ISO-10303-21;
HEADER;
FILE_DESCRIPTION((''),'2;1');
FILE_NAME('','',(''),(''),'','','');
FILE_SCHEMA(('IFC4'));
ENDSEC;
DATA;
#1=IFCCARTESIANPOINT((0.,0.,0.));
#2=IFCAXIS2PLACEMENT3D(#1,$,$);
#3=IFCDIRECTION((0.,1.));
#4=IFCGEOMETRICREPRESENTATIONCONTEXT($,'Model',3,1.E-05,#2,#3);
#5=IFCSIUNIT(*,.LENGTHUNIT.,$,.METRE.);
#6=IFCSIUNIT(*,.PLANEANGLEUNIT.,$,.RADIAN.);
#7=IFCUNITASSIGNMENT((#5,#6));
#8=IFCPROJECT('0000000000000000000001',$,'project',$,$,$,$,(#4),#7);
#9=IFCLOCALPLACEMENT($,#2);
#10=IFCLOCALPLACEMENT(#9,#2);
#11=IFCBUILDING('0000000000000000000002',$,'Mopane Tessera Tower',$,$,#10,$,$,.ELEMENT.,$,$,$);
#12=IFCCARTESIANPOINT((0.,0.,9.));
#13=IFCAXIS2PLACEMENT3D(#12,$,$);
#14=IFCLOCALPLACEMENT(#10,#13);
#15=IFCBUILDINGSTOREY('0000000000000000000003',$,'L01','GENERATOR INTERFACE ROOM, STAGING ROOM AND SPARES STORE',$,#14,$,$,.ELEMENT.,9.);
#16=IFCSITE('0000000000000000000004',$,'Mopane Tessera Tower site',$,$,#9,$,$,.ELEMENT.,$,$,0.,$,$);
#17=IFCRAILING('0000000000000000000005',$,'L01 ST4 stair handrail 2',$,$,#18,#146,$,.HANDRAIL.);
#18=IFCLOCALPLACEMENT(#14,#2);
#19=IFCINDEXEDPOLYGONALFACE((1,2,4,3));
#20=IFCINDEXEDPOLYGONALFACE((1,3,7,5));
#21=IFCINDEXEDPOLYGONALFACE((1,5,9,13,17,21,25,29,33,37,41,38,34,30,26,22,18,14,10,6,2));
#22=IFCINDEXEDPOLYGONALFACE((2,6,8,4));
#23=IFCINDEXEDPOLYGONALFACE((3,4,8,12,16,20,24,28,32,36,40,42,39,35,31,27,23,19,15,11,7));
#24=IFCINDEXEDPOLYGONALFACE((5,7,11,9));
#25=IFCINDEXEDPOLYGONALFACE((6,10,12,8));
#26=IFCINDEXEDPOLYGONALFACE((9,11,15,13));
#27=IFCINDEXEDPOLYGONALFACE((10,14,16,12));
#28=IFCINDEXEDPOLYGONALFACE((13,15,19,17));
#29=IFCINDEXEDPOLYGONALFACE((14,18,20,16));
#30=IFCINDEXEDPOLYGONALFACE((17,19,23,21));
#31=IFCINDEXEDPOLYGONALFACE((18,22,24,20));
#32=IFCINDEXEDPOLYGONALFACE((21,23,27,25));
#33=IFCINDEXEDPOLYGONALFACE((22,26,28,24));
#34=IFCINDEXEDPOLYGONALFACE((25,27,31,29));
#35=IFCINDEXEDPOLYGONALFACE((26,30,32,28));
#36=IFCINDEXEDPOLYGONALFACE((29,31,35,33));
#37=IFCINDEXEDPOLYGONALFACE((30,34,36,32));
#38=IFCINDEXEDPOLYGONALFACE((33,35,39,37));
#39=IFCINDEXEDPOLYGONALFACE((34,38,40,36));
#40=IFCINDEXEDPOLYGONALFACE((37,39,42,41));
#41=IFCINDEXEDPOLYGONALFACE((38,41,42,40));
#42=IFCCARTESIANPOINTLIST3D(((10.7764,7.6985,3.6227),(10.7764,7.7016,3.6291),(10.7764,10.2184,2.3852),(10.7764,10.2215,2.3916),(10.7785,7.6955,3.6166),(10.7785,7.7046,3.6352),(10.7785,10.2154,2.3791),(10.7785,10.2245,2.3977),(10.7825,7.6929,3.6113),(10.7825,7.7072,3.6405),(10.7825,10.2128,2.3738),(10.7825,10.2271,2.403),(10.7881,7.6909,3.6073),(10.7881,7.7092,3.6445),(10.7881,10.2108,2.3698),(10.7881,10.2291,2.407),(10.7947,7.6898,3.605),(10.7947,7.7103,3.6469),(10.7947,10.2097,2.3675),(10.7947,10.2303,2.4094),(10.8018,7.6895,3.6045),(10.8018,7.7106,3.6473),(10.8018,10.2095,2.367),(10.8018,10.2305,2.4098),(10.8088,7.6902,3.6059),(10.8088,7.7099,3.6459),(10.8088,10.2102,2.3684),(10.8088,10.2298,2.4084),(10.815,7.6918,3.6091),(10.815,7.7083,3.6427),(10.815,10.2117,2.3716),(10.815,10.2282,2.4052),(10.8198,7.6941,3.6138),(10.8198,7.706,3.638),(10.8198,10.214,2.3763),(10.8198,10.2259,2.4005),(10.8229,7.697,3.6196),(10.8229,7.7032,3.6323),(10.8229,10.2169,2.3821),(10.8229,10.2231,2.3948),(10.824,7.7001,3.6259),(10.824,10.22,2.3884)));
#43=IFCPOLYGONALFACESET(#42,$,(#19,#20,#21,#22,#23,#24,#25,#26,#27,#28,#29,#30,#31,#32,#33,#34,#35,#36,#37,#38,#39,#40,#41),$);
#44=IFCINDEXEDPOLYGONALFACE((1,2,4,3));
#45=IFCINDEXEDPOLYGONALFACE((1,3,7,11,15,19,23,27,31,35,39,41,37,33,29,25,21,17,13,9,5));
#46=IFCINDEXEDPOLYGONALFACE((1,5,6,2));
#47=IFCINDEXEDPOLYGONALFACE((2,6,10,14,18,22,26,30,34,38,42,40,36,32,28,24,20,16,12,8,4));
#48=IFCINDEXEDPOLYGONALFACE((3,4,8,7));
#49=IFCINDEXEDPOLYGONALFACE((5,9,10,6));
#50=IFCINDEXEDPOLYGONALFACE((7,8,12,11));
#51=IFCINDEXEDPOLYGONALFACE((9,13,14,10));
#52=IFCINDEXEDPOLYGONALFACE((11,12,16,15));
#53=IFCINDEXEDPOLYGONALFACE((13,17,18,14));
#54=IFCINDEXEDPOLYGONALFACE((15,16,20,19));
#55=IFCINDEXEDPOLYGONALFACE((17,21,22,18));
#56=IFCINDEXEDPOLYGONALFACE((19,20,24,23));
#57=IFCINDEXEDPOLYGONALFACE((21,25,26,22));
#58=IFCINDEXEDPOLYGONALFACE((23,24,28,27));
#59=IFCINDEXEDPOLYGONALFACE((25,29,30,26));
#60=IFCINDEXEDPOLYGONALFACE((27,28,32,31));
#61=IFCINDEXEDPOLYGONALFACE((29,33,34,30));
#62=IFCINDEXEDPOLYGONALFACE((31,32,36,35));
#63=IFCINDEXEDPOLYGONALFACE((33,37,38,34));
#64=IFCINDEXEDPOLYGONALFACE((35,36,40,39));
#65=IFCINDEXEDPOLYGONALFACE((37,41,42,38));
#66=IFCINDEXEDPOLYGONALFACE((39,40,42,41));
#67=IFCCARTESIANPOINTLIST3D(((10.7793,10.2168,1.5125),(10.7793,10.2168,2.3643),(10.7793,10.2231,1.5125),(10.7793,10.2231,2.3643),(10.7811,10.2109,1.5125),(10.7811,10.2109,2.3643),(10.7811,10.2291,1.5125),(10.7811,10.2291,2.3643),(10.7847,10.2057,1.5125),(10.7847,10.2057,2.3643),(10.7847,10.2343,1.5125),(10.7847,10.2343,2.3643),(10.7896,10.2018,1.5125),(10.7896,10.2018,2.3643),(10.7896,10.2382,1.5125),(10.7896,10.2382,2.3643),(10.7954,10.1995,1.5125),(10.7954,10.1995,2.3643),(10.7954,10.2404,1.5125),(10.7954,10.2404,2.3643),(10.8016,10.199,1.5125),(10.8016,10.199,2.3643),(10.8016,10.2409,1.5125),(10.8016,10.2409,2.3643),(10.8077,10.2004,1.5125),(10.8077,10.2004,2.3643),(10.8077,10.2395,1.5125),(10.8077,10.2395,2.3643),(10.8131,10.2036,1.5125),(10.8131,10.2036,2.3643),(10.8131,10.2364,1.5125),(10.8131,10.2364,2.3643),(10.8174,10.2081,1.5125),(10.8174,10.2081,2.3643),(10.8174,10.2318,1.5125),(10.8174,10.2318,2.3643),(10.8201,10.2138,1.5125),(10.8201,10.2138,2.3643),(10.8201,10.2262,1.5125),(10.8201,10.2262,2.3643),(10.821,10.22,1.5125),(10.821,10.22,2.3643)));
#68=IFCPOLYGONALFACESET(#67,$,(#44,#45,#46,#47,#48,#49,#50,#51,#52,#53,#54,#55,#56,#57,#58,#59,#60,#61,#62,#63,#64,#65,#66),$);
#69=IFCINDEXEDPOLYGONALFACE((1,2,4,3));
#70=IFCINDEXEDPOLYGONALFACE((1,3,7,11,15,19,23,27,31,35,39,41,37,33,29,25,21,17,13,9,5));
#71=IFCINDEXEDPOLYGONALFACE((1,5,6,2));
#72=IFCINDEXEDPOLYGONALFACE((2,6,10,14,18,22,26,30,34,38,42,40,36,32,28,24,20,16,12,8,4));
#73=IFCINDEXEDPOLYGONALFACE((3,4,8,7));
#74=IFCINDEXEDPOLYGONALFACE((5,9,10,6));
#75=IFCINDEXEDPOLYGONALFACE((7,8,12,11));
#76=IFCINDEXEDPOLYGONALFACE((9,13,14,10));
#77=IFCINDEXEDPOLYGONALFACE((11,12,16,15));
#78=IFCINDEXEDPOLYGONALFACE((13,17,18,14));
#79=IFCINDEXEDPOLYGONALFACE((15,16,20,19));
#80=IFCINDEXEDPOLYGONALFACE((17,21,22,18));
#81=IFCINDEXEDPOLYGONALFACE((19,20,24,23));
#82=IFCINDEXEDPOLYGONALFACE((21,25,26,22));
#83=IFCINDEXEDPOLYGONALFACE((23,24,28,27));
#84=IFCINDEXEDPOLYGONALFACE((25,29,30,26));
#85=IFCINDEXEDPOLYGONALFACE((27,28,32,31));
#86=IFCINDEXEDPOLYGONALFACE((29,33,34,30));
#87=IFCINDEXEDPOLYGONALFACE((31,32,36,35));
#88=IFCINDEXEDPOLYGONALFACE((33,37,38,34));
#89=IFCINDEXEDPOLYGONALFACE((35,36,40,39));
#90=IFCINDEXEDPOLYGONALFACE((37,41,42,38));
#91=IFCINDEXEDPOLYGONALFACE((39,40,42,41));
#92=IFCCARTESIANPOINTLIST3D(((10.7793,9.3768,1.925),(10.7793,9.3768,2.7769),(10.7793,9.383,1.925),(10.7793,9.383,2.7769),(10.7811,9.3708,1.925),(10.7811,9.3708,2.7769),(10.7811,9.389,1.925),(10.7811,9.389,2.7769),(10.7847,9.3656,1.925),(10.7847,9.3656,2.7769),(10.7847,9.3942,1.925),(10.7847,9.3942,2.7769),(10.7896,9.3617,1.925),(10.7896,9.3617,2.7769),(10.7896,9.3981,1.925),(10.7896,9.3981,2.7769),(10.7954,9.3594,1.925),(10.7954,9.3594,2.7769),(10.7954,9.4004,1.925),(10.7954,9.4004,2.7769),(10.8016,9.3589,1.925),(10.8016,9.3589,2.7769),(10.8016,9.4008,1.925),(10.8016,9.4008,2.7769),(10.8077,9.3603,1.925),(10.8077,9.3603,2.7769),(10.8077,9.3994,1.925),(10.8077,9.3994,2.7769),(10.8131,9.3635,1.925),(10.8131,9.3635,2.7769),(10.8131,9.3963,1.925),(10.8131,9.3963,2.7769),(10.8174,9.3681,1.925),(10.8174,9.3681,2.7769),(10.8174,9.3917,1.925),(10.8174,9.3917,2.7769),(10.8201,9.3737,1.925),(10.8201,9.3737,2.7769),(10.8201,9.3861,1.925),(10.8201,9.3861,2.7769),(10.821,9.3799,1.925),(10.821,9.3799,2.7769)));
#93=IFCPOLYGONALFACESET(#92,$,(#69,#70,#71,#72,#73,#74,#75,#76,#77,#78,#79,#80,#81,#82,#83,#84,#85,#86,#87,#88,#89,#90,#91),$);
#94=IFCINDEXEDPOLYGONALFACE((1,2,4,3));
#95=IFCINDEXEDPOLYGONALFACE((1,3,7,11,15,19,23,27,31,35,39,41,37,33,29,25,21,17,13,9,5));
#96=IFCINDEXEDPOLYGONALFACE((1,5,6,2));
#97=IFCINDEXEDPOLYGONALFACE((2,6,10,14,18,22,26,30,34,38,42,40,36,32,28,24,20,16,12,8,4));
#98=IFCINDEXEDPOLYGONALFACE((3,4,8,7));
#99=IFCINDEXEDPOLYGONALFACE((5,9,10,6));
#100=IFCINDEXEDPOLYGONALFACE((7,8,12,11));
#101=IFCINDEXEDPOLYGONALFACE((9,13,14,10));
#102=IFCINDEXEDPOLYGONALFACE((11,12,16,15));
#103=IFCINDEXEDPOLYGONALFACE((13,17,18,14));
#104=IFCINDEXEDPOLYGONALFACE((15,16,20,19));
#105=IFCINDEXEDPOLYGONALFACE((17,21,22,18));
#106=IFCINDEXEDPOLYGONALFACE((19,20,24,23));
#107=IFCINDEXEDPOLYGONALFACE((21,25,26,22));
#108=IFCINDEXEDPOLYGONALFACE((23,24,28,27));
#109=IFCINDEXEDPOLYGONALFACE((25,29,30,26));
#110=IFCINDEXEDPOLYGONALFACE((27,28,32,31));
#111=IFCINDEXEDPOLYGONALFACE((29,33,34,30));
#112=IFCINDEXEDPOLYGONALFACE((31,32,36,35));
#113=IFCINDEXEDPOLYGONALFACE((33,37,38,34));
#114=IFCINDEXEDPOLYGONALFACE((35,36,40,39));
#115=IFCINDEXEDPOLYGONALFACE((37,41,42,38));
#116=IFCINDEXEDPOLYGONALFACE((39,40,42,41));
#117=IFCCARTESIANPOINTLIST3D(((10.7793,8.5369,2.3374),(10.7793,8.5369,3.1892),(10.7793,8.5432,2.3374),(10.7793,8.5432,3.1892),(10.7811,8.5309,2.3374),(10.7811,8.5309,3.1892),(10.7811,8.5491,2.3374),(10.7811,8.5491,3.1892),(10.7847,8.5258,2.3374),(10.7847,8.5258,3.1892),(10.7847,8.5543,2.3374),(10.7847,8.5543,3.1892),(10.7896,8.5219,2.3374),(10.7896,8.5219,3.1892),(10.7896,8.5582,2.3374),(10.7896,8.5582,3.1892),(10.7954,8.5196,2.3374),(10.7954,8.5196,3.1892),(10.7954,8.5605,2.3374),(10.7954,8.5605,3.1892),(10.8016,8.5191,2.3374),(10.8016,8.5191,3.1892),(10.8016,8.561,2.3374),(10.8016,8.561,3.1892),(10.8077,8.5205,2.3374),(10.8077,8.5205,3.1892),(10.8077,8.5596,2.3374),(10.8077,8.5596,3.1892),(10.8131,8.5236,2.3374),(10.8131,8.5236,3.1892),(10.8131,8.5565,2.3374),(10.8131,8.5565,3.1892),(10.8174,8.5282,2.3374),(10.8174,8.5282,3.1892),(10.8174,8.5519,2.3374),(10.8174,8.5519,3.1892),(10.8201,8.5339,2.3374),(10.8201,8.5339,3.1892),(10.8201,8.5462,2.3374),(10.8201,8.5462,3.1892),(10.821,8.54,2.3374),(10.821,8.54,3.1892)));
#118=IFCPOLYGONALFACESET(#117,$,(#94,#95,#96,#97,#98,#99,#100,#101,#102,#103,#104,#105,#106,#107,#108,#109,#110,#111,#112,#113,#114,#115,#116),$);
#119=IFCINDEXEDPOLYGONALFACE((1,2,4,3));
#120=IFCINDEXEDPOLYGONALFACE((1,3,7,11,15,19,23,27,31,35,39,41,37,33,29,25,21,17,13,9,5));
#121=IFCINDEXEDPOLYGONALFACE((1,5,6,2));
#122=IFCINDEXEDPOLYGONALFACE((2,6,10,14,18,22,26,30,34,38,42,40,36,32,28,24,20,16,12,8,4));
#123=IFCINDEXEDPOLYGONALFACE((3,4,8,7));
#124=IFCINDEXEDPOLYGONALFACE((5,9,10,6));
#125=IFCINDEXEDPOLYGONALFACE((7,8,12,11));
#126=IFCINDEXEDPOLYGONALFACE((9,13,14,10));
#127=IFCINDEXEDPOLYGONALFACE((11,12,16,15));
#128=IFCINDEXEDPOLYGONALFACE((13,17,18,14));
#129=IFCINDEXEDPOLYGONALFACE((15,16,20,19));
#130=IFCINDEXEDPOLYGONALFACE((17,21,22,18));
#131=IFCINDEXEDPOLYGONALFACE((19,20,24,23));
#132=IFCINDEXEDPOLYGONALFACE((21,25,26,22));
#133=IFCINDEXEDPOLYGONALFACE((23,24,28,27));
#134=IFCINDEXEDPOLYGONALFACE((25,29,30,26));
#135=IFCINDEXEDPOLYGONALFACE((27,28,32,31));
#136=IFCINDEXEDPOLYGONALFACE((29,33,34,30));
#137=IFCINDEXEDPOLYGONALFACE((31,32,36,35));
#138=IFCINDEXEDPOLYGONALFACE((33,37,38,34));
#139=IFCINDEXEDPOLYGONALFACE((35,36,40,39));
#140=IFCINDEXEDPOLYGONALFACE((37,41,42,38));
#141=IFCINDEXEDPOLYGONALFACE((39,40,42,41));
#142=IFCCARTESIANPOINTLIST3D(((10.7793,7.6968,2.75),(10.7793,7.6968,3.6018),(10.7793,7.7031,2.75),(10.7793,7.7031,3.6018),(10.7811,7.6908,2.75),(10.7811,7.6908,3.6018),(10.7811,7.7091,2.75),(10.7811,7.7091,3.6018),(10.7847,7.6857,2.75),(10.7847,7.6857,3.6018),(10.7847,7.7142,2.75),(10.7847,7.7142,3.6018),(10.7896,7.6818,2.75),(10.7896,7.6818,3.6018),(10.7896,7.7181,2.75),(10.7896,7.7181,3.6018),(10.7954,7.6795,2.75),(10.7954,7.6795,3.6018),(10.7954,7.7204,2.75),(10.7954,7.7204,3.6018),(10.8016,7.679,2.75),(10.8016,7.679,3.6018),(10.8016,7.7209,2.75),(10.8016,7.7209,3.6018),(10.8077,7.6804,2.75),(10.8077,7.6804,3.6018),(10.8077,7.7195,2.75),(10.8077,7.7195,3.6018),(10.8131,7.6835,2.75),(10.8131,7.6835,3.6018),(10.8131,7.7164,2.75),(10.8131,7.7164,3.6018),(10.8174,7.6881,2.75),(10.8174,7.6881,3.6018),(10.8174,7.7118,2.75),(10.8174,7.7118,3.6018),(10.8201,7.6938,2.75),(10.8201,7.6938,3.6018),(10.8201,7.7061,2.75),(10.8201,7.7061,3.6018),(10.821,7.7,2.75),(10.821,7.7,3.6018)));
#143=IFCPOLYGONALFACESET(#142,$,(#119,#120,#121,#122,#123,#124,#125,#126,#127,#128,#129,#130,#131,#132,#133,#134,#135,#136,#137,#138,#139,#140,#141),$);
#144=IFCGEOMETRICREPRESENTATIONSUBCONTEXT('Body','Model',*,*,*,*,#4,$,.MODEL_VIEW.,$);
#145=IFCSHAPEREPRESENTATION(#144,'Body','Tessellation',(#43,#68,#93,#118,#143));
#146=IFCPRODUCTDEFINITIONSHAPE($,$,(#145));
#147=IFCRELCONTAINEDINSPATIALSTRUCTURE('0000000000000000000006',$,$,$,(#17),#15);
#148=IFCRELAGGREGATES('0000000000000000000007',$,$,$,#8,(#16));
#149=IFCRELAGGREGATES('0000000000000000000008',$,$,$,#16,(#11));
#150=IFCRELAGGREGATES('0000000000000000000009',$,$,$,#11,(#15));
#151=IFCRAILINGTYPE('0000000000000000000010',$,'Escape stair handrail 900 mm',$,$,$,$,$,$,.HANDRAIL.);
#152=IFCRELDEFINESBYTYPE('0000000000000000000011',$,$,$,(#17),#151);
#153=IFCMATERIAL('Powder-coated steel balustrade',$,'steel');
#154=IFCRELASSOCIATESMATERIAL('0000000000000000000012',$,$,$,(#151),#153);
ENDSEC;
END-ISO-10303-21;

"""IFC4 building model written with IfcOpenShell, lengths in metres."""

from ifc_helpers import new_model, si_unit, direction, frame, origin, origin_2d, place, context, subcontext, project, spatial, circle, extrude, material, type_object, element, save


model = new_model("IFC4")

# Units and contexts
model_context = context("Model", 3, precision=1e-05, world=origin(), true_north=direction((0.0, 1.0)))
body_context = subcontext(model_context, "Body", "Model", "MODEL_VIEW")
ifc_project = project(units=[si_unit("LENGTHUNIT", "METRE"), si_unit("PLANEANGLEUNIT", "RADIAN")], contexts=[model_context])

# Site, building, storey
site_placement = place(None, origin())
site = spatial("IfcSite", under=ifc_project, at=site_placement, Name="Mopane Tessera Tower site", CompositionType="ELEMENT", RefElevation=0.0)
building_placement = place(site_placement, origin())
building = spatial("IfcBuilding", under=site, at=building_placement, Name="Mopane Tessera Tower", CompositionType="ELEMENT")
storey_placement = place(building_placement, frame((0.0, 0.0, 9.0)))
storey = spatial("IfcBuildingStorey", under=building, at=storey_placement, Name="L01", Description="GENERATOR INTERFACE ROOM, STAGING ROOM AND SPARES STORE", CompositionType="ELEMENT", Elevation=9.0)

# Railing
ifc_material_1 = material(Name="Powder-coated steel balustrade", Category="steel")
railing_type_1 = type_object("IfcRailingType", Name="Escape stair handrail 900 mm", PredefinedType="HANDRAIL", material=ifc_material_1)
for number, where, name in (
    (1, (10.8, 10.22, 1.5125), "L01 ST4 stair handrail 2"),
):
    element("IfcRailing", number, at=place(storey_placement, frame(where)), inside=storey, type_object=railing_type_1, Name=name, PredefinedType="HANDRAIL", context=body_context, shape_type="SweptSolid", body=[
        extrude(circle(Radius=0.0239, at=origin_2d()), frame((0.0, 0.0, 0.876), z_axis=(0.0, -0.897604, 0.440802), x_axis=(1.0, 0.0, 0.0)), (0.0, 0.0, 1.0), 2.8074),
        extrude(circle(Radius=0.021, at=origin_2d()), origin(), (0.0, 0.0, 1.0), 0.8518),
        extrude(circle(Radius=0.021, at=origin_2d()), frame((0.0, -0.8401, 0.4126)), (0.0, 0.0, 1.0), 0.8518),
        extrude(circle(Radius=0.021, at=origin_2d()), frame((0.0, -1.6799, 0.825)), (0.0, 0.0, 1.0), 0.8518),
        extrude(circle(Radius=0.021, at=origin_2d()), frame((0.0, -2.52, 1.2375)), (0.0, 0.0, 1.0), 0.8518),
    ])

save(model, "model.ifc")
